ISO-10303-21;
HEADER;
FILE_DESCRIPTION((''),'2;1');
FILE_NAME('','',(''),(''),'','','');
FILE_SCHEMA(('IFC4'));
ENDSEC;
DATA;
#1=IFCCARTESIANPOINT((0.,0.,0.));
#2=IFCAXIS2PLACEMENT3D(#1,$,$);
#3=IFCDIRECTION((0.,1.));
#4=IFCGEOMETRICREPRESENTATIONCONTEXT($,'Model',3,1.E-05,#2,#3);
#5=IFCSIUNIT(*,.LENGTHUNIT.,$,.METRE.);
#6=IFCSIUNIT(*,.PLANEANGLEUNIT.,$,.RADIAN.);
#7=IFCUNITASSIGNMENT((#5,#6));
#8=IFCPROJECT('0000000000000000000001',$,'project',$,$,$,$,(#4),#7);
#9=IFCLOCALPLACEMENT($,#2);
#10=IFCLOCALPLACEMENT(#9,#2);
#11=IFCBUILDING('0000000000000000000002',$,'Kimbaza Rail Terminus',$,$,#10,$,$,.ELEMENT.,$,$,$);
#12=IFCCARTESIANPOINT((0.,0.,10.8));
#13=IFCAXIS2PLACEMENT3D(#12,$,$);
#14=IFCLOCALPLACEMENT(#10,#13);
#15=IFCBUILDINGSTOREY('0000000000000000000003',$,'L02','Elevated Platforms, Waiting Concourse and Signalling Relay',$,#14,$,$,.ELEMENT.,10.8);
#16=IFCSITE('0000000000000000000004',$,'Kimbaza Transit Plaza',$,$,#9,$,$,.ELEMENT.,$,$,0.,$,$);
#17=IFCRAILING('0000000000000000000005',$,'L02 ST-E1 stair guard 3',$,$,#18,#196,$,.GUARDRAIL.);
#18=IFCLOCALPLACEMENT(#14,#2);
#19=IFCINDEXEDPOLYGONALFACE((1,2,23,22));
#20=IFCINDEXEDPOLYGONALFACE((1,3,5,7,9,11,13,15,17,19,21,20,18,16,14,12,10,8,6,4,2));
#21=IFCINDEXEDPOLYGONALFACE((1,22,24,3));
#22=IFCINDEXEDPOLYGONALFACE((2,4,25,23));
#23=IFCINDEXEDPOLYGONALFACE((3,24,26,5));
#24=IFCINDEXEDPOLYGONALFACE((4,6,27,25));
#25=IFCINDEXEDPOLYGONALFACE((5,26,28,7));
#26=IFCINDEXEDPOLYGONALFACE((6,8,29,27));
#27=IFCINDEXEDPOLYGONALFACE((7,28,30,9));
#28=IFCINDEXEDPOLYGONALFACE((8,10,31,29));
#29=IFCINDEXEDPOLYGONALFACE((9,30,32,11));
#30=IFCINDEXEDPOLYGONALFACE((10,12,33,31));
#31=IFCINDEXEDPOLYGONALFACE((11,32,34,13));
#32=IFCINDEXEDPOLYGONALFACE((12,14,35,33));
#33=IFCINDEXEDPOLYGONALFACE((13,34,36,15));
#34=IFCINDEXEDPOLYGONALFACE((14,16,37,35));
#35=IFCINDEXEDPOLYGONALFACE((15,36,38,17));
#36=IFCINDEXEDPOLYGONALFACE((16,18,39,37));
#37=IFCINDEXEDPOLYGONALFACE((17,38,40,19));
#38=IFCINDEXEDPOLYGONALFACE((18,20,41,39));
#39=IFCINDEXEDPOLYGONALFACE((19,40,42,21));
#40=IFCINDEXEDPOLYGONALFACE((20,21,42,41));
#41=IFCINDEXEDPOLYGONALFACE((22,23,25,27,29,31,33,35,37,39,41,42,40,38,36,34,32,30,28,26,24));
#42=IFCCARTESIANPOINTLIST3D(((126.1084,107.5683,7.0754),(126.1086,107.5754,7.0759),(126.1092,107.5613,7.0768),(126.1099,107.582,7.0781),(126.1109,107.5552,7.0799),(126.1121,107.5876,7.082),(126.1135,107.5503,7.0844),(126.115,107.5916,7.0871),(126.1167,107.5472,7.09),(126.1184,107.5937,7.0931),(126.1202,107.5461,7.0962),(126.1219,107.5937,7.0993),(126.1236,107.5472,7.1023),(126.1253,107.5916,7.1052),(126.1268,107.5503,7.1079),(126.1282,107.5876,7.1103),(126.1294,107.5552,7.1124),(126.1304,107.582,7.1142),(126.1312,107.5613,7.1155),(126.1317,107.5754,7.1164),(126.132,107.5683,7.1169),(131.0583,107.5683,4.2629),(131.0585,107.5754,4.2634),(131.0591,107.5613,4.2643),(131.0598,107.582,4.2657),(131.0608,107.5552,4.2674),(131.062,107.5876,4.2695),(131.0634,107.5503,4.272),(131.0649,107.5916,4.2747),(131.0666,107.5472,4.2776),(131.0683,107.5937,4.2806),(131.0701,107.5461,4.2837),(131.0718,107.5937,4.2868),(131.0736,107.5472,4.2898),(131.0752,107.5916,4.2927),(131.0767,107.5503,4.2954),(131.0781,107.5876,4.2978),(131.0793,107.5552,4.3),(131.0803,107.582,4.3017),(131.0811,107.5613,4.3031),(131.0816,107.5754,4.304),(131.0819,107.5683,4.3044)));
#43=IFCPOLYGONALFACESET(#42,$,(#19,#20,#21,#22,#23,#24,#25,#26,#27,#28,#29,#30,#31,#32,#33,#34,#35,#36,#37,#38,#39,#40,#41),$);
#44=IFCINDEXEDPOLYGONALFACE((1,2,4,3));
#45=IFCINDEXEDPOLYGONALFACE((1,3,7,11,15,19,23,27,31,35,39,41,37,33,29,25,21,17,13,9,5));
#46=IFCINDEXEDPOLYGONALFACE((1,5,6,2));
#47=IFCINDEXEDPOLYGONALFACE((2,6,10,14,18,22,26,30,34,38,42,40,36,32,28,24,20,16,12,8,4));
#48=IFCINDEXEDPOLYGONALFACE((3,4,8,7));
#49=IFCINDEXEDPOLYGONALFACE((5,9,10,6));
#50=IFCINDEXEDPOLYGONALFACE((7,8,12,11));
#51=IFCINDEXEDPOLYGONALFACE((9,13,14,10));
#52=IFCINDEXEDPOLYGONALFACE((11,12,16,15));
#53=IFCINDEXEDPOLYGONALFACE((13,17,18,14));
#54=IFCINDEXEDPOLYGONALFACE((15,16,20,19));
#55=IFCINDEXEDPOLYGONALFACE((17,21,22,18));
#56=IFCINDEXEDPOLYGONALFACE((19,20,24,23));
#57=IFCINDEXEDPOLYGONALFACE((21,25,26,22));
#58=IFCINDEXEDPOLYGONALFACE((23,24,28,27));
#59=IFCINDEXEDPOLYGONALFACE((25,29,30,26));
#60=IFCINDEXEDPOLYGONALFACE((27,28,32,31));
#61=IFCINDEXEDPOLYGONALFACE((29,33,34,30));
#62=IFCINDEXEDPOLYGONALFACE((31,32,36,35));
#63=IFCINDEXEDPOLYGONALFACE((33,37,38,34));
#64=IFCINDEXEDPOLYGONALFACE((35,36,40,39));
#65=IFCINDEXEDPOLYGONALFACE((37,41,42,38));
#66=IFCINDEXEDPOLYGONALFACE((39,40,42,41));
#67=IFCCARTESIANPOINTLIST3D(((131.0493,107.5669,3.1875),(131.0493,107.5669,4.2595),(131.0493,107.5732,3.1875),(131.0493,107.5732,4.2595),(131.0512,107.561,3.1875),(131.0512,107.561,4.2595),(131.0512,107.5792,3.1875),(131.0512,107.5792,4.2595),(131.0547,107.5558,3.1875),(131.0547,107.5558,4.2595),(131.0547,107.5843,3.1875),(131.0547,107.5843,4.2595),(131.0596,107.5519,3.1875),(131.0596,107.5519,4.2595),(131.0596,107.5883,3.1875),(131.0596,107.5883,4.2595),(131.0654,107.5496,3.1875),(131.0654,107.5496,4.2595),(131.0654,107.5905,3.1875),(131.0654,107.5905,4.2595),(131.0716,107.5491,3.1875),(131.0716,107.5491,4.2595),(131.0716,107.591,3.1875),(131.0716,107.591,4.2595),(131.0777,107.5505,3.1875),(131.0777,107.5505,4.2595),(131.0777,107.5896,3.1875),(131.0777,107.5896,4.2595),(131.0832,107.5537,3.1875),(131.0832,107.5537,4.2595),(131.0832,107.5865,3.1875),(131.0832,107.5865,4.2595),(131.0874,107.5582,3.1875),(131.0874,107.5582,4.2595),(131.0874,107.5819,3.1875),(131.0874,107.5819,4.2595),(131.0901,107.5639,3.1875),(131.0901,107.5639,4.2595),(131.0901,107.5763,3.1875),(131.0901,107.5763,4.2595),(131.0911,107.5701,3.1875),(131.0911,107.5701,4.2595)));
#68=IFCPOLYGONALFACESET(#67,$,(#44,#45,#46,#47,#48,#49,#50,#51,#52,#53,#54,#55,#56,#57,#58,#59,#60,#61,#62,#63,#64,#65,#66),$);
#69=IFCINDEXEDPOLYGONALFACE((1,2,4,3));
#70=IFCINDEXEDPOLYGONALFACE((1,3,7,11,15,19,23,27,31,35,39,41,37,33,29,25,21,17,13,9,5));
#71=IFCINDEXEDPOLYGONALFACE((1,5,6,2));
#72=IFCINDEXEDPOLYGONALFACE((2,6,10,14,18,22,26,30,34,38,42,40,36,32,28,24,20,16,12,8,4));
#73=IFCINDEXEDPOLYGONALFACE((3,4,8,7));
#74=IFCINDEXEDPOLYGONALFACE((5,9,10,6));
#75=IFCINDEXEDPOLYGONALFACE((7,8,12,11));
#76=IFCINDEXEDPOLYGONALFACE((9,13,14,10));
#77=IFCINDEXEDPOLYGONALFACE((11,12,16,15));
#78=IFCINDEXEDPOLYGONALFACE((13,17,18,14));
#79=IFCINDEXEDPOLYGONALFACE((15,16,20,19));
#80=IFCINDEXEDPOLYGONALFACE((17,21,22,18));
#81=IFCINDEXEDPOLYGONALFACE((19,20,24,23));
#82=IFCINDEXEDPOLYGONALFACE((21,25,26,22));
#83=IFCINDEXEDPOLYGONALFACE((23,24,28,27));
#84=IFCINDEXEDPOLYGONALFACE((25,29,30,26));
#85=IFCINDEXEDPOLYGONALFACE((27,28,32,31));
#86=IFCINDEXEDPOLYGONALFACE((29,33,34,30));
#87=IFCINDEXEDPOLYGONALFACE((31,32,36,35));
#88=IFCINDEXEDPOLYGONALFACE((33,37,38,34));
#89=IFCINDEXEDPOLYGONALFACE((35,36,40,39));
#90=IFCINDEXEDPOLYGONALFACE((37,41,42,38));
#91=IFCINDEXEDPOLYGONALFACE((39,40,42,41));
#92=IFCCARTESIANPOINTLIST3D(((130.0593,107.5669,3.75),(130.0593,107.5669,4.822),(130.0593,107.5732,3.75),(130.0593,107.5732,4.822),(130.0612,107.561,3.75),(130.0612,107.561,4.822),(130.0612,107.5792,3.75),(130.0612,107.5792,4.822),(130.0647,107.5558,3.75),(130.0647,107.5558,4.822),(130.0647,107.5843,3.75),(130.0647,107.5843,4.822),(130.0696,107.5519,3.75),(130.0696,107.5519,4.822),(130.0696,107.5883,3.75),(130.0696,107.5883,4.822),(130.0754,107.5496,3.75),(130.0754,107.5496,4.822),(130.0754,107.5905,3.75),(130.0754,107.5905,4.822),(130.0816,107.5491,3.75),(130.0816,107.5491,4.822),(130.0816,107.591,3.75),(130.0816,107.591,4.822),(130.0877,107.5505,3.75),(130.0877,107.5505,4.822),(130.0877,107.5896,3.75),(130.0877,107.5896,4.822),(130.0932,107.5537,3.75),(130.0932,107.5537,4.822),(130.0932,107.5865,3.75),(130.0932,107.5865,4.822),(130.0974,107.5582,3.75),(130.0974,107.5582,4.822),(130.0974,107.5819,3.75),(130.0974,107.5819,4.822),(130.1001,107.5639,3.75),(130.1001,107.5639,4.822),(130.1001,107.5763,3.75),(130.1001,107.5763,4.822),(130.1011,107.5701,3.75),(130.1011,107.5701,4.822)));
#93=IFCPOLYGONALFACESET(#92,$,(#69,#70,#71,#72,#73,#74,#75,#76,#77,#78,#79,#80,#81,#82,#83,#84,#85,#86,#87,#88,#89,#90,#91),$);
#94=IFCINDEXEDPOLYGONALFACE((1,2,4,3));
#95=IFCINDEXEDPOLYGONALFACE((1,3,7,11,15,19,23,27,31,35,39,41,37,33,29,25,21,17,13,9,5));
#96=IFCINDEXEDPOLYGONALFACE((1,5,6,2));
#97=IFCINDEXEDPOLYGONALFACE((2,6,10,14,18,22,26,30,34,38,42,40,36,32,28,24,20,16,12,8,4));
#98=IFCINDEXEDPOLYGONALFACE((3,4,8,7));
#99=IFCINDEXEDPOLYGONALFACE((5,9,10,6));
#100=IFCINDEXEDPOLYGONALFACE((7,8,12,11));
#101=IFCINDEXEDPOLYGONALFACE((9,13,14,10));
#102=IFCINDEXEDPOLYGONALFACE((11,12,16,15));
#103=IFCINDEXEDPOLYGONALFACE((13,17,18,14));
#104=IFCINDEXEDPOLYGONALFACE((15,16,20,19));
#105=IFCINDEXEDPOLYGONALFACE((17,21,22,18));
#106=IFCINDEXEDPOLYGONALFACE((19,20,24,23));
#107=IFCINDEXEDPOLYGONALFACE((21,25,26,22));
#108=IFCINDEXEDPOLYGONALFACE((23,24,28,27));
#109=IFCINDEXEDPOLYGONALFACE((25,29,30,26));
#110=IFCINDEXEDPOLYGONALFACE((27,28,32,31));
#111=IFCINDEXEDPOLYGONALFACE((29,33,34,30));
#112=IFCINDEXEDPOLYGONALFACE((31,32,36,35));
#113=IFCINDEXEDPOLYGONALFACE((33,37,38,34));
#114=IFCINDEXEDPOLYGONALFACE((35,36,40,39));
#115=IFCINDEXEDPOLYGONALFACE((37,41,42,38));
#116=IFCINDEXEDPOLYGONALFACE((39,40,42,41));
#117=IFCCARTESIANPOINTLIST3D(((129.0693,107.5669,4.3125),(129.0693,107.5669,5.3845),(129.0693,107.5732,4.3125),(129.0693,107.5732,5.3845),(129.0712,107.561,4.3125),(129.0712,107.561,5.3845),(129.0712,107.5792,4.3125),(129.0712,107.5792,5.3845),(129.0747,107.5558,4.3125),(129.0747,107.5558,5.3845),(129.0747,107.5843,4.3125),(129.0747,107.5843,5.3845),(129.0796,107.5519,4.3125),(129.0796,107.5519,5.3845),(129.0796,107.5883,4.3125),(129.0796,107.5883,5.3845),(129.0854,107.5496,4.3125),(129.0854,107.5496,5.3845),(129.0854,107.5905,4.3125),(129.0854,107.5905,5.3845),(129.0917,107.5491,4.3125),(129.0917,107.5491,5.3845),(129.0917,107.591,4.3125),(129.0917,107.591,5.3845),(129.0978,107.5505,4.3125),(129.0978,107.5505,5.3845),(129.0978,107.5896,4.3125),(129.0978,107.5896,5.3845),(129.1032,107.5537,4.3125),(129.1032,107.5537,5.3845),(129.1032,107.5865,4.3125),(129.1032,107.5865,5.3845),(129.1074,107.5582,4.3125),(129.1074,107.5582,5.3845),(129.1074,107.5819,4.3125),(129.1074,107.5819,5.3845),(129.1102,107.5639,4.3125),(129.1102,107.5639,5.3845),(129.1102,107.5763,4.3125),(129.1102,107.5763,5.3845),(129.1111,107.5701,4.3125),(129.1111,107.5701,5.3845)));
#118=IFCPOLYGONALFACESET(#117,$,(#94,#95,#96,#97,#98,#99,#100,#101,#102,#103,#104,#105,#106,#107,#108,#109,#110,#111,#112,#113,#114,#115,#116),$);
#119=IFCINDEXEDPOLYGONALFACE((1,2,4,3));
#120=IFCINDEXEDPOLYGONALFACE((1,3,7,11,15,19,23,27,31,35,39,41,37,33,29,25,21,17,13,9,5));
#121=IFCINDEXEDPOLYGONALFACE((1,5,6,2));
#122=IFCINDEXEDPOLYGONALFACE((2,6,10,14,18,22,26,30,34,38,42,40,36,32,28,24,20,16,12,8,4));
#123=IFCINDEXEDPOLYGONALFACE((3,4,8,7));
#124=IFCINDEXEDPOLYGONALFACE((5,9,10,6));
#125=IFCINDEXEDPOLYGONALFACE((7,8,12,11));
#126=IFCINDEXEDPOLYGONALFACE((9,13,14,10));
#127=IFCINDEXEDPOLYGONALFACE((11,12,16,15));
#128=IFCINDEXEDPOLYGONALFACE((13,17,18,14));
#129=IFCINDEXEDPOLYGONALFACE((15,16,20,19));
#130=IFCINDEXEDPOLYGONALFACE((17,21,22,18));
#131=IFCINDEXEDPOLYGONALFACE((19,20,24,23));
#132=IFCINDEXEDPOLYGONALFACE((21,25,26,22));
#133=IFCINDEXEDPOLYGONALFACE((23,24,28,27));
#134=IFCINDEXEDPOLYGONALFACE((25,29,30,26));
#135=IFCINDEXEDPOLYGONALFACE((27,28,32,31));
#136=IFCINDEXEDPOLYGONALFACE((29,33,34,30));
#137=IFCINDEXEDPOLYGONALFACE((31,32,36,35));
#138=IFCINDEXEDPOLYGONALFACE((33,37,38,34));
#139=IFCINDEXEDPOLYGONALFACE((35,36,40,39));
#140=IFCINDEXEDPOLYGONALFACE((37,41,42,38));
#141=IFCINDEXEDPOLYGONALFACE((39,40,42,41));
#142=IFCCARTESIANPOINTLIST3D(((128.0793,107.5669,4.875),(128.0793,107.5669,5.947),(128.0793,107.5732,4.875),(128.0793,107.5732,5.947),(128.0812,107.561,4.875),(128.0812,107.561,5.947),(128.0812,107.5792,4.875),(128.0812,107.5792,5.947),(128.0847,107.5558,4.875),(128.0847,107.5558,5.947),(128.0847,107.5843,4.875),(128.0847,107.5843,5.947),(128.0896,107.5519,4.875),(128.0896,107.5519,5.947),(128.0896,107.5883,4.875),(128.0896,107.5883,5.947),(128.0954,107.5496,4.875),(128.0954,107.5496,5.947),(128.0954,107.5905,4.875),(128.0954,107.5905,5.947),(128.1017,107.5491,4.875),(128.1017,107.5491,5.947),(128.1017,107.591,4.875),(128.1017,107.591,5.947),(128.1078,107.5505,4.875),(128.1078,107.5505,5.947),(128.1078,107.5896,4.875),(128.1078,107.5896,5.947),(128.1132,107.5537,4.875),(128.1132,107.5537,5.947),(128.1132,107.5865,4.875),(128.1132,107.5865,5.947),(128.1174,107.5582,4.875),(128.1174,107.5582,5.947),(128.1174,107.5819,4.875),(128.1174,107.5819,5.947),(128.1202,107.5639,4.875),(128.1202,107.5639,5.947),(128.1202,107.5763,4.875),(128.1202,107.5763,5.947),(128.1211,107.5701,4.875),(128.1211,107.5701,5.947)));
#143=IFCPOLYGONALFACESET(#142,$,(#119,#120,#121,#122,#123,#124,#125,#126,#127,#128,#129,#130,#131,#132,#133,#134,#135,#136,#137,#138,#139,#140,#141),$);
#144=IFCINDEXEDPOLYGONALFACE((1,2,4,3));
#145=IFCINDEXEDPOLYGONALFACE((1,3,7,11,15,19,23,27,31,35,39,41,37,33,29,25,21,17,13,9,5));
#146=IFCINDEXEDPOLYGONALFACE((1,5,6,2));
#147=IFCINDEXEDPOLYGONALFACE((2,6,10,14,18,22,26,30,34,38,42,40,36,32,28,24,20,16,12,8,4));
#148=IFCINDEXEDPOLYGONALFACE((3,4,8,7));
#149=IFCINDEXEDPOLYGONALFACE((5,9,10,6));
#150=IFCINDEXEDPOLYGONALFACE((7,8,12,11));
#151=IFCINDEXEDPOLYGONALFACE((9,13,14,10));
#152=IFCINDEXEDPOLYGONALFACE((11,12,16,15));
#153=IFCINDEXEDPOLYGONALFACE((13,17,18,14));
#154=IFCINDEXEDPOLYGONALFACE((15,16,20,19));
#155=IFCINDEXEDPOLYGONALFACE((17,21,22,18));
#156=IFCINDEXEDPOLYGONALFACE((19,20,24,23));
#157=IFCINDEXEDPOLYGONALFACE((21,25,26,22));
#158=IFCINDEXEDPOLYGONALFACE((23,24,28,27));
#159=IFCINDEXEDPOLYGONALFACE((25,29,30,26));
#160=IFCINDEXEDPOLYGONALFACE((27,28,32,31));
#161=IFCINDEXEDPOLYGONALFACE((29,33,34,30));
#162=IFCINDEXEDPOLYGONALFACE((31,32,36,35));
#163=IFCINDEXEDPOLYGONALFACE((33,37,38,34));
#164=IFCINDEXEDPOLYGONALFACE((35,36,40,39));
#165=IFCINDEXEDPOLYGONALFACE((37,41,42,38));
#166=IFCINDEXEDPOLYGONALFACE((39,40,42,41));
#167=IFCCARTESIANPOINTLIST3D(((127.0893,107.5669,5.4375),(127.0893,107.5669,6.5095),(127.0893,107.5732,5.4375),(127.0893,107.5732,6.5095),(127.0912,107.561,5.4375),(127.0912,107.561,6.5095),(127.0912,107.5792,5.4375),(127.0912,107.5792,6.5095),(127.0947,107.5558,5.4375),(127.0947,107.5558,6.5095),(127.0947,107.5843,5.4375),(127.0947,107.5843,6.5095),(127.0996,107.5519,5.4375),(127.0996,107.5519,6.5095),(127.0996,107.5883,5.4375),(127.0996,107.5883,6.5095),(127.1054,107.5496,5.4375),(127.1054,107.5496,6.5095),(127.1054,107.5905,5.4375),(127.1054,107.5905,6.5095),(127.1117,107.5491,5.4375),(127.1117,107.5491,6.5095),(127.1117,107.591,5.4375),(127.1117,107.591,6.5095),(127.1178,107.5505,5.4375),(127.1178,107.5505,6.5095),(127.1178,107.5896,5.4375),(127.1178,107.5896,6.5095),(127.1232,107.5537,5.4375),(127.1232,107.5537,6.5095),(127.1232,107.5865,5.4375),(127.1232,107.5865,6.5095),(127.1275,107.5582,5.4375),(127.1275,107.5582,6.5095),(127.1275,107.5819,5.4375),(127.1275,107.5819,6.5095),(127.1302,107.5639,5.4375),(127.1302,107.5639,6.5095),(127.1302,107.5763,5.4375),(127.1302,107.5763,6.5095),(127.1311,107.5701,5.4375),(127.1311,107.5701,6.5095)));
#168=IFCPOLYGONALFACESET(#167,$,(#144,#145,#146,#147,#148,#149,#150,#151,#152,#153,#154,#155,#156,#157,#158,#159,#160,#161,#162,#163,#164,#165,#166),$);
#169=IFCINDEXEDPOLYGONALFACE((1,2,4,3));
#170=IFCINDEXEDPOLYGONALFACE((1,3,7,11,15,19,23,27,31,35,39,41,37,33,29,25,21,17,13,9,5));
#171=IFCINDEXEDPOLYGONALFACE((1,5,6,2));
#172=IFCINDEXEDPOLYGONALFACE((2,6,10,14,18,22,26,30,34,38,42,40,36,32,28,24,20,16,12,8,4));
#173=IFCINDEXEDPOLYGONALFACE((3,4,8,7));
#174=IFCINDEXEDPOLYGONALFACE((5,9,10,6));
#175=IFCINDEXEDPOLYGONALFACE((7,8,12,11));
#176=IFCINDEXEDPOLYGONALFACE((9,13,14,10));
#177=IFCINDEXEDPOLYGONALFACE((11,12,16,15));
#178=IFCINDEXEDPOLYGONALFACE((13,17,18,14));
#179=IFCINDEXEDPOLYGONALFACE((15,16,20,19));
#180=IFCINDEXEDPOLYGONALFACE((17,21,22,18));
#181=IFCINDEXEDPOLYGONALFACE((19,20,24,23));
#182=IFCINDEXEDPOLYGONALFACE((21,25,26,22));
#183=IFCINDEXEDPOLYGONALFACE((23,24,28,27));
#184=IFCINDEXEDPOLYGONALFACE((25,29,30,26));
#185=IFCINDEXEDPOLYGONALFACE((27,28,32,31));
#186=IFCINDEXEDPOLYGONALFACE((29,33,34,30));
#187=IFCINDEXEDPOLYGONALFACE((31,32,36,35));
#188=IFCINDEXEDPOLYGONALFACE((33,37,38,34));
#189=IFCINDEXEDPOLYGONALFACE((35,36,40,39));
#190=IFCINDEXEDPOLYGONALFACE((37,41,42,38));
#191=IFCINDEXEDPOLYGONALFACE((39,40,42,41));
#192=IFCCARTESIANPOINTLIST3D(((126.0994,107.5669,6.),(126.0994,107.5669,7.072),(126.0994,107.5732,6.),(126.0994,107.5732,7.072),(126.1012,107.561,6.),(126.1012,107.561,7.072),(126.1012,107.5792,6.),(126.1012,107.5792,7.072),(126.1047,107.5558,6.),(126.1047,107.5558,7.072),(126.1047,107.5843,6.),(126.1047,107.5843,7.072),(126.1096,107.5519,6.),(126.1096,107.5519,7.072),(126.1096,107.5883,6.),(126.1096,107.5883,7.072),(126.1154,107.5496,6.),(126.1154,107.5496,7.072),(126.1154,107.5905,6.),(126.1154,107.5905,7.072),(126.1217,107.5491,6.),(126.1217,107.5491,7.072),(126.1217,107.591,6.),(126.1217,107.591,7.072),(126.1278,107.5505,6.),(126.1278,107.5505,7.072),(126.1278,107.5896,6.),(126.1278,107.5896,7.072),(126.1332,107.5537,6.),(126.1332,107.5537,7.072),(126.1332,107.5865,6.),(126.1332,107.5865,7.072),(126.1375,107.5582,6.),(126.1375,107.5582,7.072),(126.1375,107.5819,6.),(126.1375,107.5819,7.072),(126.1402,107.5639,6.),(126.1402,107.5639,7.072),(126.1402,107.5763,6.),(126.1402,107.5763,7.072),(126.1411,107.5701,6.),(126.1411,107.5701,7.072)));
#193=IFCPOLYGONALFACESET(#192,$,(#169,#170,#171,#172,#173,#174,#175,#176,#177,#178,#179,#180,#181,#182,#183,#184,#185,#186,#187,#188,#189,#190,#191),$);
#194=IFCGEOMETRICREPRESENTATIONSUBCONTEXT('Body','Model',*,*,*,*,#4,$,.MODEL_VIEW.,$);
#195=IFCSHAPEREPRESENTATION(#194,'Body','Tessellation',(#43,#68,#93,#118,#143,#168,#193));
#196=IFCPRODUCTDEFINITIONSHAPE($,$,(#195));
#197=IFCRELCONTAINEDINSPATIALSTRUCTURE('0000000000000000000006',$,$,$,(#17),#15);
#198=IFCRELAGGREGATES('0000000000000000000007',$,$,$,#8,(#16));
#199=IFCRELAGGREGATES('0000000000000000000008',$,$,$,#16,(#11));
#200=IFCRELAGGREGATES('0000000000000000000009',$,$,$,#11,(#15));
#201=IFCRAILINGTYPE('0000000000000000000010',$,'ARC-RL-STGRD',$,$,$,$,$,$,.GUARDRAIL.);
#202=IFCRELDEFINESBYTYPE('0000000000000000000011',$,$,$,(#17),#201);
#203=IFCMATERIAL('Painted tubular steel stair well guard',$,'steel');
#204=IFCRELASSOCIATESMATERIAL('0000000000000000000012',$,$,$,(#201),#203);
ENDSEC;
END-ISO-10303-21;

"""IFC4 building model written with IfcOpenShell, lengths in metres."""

from ifc_helpers import new_model, si_unit, direction, frame, origin, origin_2d, place, context, subcontext, project, spatial, circle, extrude, material, type_object, element, save


model = new_model("IFC4")

# Units and contexts
model_context = context("Model", 3, precision=1e-05, world=origin(), true_north=direction((0.0, 1.0)))
body_context = subcontext(model_context, "Body", "Model", "MODEL_VIEW")
ifc_project = project(units=[si_unit("LENGTHUNIT", "METRE"), si_unit("PLANEANGLEUNIT", "RADIAN")], contexts=[model_context])

# Site, building, storey
site_placement = place(None, origin())
site = spatial("IfcSite", under=ifc_project, at=site_placement, Name="Kimbaza Transit Plaza", CompositionType="ELEMENT", RefElevation=0.0)
building_placement = place(site_placement, origin())
building = spatial("IfcBuilding", under=site, at=building_placement, Name="Kimbaza Rail Terminus", CompositionType="ELEMENT")
storey_placement = place(building_placement, frame((0.0, 0.0, 10.8)))
storey = spatial("IfcBuildingStorey", under=building, at=storey_placement, Name="L02", Description="Elevated Platforms, Waiting Concourse and Signalling Relay", CompositionType="ELEMENT", Elevation=10.8)

# Railing
ifc_material_1 = material(Name="Painted tubular steel stair well guard", Category="steel")
railing_type_1 = type_object("IfcRailingType", Name="ARC-RL-STGRD", PredefinedType="GUARDRAIL", material=ifc_material_1)
railing_1_placement = place(storey_placement, frame((131.0701, 107.5701, 3.1875)))
element("IfcRailing", 1, at=railing_1_placement, inside=storey, type_object=railing_type_1, Name="L02 ST-E1 stair guard 3", PredefinedType="GUARDRAIL", context=body_context, shape_type="SweptSolid", body=[
    extrude(circle(Radius=0.0239, at=origin_2d()), frame((0.0, 0.0, 1.0962), z_axis=(-0.869454, 0.0, 0.494013), x_axis=(0.0, -1.0, 0.0)), (0.0, 0.0, 1.0), 5.6931),
    extrude(circle(Radius=0.021, at=origin_2d()), origin(), (0.0, 0.0, 1.0), 1.072),
    extrude(circle(Radius=0.021, at=origin_2d()), frame((-0.99, 0.0, 0.5625)), (0.0, 0.0, 1.0), 1.072),
    extrude(circle(Radius=0.021, at=origin_2d()), frame((-1.98, 0.0, 1.125)), (0.0, 0.0, 1.0), 1.072),
    extrude(circle(Radius=0.021, at=origin_2d()), frame((-2.97, 0.0, 1.6875)), (0.0, 0.0, 1.0), 1.072),
    extrude(circle(Radius=0.021, at=origin_2d()), frame((-3.96, 0.0, 2.25)), (0.0, 0.0, 1.0), 1.072),
    extrude(circle(Radius=0.021, at=origin_2d()), frame((-4.95, 0.0, 2.8125)), (0.0, 0.0, 1.0), 1.072),
])

save(model, "model.ifc")
